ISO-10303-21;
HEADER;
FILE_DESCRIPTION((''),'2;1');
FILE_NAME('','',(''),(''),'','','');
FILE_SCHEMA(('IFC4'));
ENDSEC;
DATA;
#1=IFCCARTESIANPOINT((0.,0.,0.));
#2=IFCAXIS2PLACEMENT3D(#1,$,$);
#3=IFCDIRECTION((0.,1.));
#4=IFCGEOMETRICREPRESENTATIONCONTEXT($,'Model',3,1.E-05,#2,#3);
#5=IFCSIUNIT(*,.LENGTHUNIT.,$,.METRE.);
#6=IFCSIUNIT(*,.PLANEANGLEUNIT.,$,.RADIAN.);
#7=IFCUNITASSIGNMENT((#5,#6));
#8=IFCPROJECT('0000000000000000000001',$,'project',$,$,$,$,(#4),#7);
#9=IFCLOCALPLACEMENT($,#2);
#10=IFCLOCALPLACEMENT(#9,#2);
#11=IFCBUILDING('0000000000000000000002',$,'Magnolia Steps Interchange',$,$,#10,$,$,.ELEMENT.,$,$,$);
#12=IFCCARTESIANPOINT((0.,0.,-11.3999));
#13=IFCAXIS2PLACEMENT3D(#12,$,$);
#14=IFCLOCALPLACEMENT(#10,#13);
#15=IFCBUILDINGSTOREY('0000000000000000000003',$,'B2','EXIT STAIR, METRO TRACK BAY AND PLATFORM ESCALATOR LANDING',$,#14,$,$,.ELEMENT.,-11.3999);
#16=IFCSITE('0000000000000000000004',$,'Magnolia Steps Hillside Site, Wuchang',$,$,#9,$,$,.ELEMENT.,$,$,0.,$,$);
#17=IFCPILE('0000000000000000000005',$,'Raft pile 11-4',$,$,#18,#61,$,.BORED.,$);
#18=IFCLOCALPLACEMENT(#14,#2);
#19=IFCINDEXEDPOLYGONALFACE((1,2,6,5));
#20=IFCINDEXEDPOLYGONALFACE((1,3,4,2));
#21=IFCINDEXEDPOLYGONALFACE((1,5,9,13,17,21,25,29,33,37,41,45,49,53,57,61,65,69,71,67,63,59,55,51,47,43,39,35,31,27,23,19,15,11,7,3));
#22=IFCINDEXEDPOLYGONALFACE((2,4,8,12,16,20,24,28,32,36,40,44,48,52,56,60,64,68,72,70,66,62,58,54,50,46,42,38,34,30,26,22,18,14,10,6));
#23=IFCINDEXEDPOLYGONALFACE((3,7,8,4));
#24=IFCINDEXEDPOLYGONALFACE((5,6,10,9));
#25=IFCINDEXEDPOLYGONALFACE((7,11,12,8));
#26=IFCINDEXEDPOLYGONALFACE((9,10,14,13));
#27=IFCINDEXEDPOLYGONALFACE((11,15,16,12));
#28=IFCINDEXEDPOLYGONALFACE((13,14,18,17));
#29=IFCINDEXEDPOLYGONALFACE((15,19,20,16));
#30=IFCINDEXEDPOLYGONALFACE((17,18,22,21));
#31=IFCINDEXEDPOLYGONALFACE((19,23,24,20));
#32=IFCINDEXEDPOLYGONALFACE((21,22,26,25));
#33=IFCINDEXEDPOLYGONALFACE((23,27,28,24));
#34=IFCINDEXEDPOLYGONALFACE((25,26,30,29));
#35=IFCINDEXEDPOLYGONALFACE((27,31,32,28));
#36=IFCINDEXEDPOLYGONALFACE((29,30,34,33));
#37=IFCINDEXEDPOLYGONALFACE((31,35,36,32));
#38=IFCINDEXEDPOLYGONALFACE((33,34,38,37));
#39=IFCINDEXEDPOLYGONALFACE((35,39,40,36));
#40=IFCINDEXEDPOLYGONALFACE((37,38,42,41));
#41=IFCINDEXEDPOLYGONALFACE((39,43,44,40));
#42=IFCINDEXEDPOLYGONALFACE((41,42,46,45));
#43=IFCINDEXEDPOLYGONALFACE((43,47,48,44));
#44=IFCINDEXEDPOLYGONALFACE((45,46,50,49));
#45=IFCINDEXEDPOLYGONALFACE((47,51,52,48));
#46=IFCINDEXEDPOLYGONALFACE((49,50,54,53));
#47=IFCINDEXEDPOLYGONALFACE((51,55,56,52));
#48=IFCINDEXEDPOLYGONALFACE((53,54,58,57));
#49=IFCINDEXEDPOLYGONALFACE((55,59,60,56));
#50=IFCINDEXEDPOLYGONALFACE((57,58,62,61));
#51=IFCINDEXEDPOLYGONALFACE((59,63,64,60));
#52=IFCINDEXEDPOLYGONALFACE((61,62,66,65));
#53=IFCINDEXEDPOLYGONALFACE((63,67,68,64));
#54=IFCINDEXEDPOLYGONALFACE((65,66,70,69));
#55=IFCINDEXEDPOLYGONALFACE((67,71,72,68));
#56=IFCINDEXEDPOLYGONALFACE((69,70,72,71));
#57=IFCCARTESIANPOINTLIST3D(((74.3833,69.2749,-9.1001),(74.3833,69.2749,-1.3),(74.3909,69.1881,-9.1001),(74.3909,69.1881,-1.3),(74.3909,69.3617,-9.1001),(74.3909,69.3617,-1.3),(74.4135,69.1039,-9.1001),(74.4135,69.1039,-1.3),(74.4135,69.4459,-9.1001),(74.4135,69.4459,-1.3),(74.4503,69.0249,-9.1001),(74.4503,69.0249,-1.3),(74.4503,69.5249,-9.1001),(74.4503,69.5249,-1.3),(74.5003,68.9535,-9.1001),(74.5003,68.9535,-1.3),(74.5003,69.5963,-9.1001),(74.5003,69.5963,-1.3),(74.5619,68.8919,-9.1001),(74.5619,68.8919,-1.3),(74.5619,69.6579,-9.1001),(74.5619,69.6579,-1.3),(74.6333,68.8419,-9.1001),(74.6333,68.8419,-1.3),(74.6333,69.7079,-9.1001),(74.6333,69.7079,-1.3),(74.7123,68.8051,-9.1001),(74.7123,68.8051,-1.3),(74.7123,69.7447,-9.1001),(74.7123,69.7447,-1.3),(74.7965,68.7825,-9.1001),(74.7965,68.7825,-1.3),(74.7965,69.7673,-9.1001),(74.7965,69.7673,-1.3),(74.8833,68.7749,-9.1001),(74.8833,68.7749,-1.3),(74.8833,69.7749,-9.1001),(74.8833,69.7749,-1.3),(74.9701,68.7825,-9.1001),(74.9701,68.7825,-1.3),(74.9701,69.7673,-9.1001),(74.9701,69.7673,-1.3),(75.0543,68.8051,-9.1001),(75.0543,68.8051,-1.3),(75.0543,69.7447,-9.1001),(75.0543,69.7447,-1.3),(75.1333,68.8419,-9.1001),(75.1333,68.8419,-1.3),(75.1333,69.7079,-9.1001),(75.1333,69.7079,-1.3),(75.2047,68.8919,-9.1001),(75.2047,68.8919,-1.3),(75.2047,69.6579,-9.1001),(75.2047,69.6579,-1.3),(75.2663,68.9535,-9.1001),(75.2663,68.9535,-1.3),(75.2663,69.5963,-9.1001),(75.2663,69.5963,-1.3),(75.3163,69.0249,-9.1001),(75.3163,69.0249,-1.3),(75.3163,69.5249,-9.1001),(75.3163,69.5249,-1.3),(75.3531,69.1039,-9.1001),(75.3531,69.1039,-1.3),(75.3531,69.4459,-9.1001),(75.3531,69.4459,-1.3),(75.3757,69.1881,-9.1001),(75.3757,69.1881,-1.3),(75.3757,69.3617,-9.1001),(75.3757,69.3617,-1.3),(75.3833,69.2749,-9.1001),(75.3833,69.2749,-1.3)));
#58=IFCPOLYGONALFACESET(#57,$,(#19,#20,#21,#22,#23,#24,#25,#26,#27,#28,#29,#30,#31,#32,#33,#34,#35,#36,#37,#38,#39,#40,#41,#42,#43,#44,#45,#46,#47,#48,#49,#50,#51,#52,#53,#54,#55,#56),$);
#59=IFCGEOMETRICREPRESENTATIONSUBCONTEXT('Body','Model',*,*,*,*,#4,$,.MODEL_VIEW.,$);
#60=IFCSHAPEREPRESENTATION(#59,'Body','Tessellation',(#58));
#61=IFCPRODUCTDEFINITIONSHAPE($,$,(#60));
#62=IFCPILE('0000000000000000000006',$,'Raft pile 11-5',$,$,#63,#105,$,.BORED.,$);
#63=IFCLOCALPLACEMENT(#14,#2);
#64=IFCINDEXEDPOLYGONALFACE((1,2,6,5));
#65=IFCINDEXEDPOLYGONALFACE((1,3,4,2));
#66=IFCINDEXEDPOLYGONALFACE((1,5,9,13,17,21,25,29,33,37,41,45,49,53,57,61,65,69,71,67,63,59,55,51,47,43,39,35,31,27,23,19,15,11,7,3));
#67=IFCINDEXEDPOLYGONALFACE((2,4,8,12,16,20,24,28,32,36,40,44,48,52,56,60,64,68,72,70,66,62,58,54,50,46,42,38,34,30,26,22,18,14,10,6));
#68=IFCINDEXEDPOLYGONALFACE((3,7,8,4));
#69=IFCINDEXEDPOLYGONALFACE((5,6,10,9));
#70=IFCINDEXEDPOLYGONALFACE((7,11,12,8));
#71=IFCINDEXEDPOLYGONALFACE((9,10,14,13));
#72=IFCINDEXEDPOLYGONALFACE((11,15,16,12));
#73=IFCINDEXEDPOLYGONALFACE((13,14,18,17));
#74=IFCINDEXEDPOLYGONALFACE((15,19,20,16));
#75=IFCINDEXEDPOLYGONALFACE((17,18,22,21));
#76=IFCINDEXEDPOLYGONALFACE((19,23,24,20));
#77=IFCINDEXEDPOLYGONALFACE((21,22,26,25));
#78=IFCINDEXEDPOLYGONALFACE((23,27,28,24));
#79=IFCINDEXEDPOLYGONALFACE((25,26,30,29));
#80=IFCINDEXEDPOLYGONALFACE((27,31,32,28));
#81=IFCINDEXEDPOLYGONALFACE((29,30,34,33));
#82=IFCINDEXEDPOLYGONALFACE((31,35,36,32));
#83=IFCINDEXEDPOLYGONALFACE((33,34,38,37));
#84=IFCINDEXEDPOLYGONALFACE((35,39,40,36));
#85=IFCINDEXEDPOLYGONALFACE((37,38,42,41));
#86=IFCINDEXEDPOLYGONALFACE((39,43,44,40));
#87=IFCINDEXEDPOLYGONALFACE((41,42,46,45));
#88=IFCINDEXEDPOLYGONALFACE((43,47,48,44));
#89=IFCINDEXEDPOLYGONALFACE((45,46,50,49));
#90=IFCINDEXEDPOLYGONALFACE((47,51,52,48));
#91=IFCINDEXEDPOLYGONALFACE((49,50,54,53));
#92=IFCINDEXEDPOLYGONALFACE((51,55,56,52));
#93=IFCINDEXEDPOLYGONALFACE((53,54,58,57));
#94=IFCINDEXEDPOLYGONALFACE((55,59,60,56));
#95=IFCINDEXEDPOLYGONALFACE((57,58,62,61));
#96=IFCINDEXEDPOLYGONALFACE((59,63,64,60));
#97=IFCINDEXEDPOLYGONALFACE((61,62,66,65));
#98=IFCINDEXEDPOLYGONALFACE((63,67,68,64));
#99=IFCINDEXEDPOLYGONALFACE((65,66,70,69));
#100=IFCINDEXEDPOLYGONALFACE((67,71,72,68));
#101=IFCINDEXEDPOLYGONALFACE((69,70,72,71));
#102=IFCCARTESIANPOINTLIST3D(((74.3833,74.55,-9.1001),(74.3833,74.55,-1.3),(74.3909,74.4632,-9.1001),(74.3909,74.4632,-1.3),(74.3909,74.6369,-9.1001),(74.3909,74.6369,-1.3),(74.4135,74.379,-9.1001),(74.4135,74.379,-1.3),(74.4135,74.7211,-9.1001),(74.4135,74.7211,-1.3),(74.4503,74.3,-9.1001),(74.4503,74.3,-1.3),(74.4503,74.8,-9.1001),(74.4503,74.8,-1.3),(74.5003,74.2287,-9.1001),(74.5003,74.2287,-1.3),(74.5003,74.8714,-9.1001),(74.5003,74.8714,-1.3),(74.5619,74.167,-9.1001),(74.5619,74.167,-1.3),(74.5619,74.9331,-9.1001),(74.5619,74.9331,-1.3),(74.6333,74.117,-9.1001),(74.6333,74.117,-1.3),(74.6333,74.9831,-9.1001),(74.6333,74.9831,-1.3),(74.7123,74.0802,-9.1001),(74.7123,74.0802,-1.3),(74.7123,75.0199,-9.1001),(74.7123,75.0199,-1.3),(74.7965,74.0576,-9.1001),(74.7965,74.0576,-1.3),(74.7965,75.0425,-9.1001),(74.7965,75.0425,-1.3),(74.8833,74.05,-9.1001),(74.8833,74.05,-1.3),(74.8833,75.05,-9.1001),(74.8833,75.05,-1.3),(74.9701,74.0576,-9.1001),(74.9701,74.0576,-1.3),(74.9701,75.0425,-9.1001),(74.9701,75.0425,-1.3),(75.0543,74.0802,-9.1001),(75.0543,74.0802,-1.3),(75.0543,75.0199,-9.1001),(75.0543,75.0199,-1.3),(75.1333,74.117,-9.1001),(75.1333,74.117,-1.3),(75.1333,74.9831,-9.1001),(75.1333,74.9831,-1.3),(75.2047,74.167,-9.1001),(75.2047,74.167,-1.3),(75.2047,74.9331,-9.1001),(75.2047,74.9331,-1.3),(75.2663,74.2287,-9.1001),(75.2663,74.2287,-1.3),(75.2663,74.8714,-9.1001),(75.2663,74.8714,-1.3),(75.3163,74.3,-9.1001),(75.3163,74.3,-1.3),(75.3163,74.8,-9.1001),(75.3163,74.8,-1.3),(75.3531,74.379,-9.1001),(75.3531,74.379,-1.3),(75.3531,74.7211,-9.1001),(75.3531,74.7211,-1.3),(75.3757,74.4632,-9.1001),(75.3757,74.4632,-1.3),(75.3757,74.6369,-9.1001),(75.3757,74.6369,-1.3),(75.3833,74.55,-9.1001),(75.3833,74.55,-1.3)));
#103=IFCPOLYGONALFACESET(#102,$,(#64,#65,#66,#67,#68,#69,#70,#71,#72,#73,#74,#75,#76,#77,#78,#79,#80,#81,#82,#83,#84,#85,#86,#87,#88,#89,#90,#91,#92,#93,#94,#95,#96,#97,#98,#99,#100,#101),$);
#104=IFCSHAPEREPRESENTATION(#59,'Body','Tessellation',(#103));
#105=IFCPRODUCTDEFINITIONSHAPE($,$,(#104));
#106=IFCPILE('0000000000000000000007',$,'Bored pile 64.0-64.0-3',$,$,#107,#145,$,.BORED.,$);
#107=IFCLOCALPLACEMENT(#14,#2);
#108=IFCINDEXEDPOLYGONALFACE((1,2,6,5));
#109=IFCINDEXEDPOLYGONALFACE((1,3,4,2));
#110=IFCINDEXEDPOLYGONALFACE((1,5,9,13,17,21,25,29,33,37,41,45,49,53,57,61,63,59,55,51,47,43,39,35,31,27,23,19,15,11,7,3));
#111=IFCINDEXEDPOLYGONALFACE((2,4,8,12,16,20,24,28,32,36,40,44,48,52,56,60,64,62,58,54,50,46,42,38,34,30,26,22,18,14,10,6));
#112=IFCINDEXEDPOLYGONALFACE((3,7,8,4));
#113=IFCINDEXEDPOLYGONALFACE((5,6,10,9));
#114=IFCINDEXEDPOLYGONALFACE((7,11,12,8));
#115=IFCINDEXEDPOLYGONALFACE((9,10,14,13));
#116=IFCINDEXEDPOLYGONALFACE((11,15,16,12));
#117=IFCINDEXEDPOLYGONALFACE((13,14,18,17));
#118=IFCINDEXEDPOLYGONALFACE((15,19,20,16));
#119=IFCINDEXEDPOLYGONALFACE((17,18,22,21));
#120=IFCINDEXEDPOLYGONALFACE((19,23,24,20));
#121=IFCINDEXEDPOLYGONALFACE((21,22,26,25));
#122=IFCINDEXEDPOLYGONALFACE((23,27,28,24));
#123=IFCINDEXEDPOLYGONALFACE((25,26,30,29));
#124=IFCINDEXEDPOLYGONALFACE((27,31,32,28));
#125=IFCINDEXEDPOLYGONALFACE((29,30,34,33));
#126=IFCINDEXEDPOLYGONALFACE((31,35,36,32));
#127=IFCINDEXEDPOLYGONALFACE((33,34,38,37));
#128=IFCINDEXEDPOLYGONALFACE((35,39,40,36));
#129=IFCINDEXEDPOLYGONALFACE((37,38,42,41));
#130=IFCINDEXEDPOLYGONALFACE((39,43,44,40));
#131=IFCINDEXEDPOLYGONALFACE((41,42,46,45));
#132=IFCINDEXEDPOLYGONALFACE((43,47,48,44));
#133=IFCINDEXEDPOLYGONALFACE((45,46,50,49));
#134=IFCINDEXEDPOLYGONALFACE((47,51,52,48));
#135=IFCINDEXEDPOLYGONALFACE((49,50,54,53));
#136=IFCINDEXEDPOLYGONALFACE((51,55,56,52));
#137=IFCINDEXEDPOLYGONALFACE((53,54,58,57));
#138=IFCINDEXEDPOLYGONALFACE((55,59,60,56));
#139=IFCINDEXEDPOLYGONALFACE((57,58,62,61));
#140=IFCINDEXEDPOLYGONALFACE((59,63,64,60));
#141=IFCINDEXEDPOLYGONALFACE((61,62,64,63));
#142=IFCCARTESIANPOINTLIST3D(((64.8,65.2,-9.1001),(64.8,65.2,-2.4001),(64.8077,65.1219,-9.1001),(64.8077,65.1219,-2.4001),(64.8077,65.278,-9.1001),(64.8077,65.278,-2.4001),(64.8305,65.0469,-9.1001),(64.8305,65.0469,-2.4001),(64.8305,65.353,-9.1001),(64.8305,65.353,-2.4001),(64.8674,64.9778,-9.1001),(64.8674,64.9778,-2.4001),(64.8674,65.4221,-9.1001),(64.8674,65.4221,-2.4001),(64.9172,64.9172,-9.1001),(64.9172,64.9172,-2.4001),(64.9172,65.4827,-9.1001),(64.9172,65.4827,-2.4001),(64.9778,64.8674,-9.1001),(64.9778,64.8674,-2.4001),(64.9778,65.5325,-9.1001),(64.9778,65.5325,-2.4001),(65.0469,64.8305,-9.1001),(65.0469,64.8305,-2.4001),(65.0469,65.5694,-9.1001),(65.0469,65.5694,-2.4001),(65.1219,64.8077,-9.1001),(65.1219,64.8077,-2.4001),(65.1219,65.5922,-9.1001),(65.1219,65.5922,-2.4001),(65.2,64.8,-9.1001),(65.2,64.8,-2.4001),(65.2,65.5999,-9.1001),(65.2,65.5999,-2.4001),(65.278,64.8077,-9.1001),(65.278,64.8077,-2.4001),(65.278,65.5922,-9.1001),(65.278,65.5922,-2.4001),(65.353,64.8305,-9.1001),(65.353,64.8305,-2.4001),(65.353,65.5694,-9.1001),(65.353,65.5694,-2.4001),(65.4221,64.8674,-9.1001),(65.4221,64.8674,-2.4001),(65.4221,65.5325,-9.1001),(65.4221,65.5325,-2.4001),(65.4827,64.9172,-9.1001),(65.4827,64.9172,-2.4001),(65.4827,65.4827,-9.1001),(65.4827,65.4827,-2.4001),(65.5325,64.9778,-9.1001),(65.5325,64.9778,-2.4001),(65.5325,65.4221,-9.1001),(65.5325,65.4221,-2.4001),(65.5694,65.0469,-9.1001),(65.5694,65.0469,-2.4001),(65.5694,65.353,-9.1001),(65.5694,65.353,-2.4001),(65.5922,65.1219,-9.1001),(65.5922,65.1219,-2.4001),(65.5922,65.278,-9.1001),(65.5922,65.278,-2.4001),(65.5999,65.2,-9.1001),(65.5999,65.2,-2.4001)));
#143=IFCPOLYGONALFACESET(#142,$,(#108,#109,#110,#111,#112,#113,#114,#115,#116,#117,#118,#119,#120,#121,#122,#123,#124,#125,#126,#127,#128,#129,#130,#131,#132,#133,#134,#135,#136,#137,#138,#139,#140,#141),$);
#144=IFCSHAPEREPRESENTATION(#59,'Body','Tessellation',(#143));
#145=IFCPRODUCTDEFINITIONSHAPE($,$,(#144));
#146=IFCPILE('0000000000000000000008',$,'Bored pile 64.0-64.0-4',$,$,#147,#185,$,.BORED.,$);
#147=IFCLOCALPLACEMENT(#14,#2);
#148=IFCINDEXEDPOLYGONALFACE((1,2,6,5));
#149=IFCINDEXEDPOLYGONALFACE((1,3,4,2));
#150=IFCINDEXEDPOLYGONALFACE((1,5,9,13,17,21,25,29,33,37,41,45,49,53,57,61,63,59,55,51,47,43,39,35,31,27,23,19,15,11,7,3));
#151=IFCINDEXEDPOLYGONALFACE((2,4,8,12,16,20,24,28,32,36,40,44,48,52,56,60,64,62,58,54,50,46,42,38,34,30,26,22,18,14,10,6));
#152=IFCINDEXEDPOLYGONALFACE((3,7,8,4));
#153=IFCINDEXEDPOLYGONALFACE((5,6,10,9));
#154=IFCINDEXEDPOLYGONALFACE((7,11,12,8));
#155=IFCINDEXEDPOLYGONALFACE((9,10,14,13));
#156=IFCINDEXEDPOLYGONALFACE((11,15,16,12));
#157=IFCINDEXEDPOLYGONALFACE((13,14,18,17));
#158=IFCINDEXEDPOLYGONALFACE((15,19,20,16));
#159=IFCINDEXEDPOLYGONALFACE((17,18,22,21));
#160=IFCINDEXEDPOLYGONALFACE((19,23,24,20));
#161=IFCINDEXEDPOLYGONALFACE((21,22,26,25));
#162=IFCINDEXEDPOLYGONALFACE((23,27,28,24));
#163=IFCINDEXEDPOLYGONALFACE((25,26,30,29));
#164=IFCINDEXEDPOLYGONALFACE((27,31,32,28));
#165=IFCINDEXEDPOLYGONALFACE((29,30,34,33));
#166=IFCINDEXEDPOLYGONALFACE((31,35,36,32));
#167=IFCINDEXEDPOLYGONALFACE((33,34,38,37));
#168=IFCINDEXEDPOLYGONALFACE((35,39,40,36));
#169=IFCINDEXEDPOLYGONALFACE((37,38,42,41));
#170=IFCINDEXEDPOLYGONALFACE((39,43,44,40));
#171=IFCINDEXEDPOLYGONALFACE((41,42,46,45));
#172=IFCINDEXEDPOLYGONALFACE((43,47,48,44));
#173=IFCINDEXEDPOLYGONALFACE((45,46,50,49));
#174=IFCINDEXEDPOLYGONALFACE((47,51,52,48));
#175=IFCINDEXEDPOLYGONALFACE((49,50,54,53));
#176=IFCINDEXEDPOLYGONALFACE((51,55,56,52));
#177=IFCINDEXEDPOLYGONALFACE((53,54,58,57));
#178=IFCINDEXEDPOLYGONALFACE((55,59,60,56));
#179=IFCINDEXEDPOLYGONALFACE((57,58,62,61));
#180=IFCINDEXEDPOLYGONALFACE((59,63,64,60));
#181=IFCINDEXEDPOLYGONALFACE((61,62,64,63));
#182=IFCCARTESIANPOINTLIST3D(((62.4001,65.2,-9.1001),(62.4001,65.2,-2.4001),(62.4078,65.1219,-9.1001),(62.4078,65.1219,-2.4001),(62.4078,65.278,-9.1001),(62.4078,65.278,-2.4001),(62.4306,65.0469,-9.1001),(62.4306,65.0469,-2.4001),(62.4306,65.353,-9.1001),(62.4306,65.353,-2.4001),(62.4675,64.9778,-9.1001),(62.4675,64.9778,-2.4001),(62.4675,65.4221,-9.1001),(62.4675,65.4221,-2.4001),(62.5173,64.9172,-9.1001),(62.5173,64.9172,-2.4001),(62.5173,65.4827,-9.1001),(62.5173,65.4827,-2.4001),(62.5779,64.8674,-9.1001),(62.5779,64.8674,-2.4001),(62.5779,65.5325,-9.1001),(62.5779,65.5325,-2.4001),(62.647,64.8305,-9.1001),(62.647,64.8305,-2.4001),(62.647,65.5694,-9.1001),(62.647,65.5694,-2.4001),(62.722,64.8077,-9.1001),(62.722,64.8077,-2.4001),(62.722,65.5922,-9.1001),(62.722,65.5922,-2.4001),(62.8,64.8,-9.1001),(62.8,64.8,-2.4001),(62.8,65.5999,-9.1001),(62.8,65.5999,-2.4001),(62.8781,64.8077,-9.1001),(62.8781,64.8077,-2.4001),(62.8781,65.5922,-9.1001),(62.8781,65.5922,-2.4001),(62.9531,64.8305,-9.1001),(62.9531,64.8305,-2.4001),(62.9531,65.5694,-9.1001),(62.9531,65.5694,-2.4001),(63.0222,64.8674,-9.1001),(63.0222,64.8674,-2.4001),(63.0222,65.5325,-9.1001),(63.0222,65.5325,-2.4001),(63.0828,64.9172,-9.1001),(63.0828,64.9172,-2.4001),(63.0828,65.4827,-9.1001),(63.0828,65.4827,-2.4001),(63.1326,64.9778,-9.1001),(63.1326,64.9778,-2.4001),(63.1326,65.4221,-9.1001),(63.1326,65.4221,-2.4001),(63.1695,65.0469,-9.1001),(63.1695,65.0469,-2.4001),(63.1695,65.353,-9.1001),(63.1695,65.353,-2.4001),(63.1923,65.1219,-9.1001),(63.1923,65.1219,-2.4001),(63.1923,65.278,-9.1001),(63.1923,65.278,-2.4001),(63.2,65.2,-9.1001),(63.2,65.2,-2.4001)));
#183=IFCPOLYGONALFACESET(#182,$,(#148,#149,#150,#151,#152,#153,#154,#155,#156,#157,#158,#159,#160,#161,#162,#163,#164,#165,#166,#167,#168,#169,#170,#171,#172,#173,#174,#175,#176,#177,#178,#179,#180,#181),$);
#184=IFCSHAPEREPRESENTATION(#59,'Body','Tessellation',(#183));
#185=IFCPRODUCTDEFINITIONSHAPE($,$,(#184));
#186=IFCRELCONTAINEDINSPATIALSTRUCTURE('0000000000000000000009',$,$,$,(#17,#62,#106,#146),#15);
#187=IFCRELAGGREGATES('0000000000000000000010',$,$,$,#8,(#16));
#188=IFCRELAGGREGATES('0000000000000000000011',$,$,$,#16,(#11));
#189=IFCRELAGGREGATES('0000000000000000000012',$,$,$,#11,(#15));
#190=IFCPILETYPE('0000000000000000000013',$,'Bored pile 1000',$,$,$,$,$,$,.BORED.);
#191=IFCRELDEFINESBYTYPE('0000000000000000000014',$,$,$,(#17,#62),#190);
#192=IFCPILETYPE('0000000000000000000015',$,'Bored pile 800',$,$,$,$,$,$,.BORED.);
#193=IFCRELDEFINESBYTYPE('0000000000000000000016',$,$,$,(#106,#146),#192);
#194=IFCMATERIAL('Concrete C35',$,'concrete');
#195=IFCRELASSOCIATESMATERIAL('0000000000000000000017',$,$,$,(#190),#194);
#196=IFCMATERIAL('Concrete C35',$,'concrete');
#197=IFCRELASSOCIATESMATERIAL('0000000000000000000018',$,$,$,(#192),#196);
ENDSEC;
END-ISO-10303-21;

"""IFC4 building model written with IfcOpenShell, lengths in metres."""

from ifc_helpers import new_model, si_unit, direction, frame, origin, origin_2d, place, context, subcontext, project, spatial, circle, extrude, material, material_profile, profile_set, type_object, element, save


model = new_model("IFC4")

# Units and contexts
model_context = context("Model", 3, precision=1e-05, world=origin(), true_north=direction((0.0, 1.0)))
body_context = subcontext(model_context, "Body", "Model", "MODEL_VIEW")
ifc_project = project(units=[si_unit("LENGTHUNIT", "METRE"), si_unit("PLANEANGLEUNIT", "RADIAN")], contexts=[model_context])

# Site, building, storey
site_placement = place(None, origin())
site = spatial("IfcSite", under=ifc_project, at=site_placement, Name="Magnolia Steps Hillside Site, Wuchang", CompositionType="ELEMENT", RefElevation=0.0)
building_placement = place(site_placement, origin())
building = spatial("IfcBuilding", under=site, at=building_placement, Name="Magnolia Steps Interchange", CompositionType="ELEMENT")
storey_placement = place(building_placement, frame((0.0, 0.0, -11.3999)))
storey = spatial("IfcBuildingStorey", under=building, at=storey_placement, Name="B2", Description="EXIT STAIR, METRO TRACK BAY AND PLATFORM ESCALATOR LANDING", CompositionType="ELEMENT", Elevation=-11.3999)

# Piles
ifc_material_1 = material(Name="Concrete C35", Category="concrete")
ifc_material_profile_1 = material_profile(ifc_material_1, circle(Radius=0.5, at=origin_2d()), Name="Bored pile 1000")
ifc_profile_set_1 = profile_set([ifc_material_profile_1], Name="Concrete C35")
pile_type_1 = type_object("IfcPileType", Name="Bored pile 1000", PredefinedType="BORED", material=ifc_profile_set_1)
for number, where, z_axis, x_axis, name in (
    (1, (74.8833, 69.2749, -1.3), (0.0, 0.0, -1.0), (1.0, 0.0, 0.0), "Raft pile 11-4"),
    (2, (74.8833, 74.55, -1.3), (0.0, 0.0, -1.0), (1.0, 0.0, 0.0), "Raft pile 11-5"),
):
    element("IfcPile", number, at=place(storey_placement, frame(where, z_axis=z_axis, x_axis=x_axis)), inside=storey, type_object=pile_type_1, Name=name, PredefinedType="BORED", context=body_context, shape_type="SweptSolid", body=[
        extrude(circle(Radius=0.5, at=origin_2d()), origin(), (0.0, 0.0, 1.0), 7.8),
    ])
ifc_material_2 = material(Name="Concrete C35", Category="concrete")
ifc_material_profile_2 = material_profile(ifc_material_2, circle(Radius=0.3999, at=origin_2d()), Name="Bored pile 800")
ifc_profile_set_2 = profile_set([ifc_material_profile_2], Name="Concrete C35")
pile_type_2 = type_object("IfcPileType", Name="Bored pile 800", PredefinedType="BORED", material=ifc_profile_set_2)
for number, where, z_axis, x_axis, name in (
    (3, (65.2, 65.2, -2.4001), (0.0, 0.0, -1.0), (1.0, 0.0, 0.0), "Bored pile 64.0-64.0-3"),
    (4, (62.8, 65.2, -2.4001), (0.0, 0.0, -1.0), (1.0, 0.0, 0.0), "Bored pile 64.0-64.0-4"),
):
    element("IfcPile", number, at=place(storey_placement, frame(where, z_axis=z_axis, x_axis=x_axis)), inside=storey, type_object=pile_type_2, Name=name, PredefinedType="BORED", context=body_context, shape_type="SweptSolid", body=[
        extrude(circle(Radius=0.3999, at=origin_2d()), origin(), (0.0, 0.0, 1.0), 6.7),
    ])

save(model, "model.ifc")
